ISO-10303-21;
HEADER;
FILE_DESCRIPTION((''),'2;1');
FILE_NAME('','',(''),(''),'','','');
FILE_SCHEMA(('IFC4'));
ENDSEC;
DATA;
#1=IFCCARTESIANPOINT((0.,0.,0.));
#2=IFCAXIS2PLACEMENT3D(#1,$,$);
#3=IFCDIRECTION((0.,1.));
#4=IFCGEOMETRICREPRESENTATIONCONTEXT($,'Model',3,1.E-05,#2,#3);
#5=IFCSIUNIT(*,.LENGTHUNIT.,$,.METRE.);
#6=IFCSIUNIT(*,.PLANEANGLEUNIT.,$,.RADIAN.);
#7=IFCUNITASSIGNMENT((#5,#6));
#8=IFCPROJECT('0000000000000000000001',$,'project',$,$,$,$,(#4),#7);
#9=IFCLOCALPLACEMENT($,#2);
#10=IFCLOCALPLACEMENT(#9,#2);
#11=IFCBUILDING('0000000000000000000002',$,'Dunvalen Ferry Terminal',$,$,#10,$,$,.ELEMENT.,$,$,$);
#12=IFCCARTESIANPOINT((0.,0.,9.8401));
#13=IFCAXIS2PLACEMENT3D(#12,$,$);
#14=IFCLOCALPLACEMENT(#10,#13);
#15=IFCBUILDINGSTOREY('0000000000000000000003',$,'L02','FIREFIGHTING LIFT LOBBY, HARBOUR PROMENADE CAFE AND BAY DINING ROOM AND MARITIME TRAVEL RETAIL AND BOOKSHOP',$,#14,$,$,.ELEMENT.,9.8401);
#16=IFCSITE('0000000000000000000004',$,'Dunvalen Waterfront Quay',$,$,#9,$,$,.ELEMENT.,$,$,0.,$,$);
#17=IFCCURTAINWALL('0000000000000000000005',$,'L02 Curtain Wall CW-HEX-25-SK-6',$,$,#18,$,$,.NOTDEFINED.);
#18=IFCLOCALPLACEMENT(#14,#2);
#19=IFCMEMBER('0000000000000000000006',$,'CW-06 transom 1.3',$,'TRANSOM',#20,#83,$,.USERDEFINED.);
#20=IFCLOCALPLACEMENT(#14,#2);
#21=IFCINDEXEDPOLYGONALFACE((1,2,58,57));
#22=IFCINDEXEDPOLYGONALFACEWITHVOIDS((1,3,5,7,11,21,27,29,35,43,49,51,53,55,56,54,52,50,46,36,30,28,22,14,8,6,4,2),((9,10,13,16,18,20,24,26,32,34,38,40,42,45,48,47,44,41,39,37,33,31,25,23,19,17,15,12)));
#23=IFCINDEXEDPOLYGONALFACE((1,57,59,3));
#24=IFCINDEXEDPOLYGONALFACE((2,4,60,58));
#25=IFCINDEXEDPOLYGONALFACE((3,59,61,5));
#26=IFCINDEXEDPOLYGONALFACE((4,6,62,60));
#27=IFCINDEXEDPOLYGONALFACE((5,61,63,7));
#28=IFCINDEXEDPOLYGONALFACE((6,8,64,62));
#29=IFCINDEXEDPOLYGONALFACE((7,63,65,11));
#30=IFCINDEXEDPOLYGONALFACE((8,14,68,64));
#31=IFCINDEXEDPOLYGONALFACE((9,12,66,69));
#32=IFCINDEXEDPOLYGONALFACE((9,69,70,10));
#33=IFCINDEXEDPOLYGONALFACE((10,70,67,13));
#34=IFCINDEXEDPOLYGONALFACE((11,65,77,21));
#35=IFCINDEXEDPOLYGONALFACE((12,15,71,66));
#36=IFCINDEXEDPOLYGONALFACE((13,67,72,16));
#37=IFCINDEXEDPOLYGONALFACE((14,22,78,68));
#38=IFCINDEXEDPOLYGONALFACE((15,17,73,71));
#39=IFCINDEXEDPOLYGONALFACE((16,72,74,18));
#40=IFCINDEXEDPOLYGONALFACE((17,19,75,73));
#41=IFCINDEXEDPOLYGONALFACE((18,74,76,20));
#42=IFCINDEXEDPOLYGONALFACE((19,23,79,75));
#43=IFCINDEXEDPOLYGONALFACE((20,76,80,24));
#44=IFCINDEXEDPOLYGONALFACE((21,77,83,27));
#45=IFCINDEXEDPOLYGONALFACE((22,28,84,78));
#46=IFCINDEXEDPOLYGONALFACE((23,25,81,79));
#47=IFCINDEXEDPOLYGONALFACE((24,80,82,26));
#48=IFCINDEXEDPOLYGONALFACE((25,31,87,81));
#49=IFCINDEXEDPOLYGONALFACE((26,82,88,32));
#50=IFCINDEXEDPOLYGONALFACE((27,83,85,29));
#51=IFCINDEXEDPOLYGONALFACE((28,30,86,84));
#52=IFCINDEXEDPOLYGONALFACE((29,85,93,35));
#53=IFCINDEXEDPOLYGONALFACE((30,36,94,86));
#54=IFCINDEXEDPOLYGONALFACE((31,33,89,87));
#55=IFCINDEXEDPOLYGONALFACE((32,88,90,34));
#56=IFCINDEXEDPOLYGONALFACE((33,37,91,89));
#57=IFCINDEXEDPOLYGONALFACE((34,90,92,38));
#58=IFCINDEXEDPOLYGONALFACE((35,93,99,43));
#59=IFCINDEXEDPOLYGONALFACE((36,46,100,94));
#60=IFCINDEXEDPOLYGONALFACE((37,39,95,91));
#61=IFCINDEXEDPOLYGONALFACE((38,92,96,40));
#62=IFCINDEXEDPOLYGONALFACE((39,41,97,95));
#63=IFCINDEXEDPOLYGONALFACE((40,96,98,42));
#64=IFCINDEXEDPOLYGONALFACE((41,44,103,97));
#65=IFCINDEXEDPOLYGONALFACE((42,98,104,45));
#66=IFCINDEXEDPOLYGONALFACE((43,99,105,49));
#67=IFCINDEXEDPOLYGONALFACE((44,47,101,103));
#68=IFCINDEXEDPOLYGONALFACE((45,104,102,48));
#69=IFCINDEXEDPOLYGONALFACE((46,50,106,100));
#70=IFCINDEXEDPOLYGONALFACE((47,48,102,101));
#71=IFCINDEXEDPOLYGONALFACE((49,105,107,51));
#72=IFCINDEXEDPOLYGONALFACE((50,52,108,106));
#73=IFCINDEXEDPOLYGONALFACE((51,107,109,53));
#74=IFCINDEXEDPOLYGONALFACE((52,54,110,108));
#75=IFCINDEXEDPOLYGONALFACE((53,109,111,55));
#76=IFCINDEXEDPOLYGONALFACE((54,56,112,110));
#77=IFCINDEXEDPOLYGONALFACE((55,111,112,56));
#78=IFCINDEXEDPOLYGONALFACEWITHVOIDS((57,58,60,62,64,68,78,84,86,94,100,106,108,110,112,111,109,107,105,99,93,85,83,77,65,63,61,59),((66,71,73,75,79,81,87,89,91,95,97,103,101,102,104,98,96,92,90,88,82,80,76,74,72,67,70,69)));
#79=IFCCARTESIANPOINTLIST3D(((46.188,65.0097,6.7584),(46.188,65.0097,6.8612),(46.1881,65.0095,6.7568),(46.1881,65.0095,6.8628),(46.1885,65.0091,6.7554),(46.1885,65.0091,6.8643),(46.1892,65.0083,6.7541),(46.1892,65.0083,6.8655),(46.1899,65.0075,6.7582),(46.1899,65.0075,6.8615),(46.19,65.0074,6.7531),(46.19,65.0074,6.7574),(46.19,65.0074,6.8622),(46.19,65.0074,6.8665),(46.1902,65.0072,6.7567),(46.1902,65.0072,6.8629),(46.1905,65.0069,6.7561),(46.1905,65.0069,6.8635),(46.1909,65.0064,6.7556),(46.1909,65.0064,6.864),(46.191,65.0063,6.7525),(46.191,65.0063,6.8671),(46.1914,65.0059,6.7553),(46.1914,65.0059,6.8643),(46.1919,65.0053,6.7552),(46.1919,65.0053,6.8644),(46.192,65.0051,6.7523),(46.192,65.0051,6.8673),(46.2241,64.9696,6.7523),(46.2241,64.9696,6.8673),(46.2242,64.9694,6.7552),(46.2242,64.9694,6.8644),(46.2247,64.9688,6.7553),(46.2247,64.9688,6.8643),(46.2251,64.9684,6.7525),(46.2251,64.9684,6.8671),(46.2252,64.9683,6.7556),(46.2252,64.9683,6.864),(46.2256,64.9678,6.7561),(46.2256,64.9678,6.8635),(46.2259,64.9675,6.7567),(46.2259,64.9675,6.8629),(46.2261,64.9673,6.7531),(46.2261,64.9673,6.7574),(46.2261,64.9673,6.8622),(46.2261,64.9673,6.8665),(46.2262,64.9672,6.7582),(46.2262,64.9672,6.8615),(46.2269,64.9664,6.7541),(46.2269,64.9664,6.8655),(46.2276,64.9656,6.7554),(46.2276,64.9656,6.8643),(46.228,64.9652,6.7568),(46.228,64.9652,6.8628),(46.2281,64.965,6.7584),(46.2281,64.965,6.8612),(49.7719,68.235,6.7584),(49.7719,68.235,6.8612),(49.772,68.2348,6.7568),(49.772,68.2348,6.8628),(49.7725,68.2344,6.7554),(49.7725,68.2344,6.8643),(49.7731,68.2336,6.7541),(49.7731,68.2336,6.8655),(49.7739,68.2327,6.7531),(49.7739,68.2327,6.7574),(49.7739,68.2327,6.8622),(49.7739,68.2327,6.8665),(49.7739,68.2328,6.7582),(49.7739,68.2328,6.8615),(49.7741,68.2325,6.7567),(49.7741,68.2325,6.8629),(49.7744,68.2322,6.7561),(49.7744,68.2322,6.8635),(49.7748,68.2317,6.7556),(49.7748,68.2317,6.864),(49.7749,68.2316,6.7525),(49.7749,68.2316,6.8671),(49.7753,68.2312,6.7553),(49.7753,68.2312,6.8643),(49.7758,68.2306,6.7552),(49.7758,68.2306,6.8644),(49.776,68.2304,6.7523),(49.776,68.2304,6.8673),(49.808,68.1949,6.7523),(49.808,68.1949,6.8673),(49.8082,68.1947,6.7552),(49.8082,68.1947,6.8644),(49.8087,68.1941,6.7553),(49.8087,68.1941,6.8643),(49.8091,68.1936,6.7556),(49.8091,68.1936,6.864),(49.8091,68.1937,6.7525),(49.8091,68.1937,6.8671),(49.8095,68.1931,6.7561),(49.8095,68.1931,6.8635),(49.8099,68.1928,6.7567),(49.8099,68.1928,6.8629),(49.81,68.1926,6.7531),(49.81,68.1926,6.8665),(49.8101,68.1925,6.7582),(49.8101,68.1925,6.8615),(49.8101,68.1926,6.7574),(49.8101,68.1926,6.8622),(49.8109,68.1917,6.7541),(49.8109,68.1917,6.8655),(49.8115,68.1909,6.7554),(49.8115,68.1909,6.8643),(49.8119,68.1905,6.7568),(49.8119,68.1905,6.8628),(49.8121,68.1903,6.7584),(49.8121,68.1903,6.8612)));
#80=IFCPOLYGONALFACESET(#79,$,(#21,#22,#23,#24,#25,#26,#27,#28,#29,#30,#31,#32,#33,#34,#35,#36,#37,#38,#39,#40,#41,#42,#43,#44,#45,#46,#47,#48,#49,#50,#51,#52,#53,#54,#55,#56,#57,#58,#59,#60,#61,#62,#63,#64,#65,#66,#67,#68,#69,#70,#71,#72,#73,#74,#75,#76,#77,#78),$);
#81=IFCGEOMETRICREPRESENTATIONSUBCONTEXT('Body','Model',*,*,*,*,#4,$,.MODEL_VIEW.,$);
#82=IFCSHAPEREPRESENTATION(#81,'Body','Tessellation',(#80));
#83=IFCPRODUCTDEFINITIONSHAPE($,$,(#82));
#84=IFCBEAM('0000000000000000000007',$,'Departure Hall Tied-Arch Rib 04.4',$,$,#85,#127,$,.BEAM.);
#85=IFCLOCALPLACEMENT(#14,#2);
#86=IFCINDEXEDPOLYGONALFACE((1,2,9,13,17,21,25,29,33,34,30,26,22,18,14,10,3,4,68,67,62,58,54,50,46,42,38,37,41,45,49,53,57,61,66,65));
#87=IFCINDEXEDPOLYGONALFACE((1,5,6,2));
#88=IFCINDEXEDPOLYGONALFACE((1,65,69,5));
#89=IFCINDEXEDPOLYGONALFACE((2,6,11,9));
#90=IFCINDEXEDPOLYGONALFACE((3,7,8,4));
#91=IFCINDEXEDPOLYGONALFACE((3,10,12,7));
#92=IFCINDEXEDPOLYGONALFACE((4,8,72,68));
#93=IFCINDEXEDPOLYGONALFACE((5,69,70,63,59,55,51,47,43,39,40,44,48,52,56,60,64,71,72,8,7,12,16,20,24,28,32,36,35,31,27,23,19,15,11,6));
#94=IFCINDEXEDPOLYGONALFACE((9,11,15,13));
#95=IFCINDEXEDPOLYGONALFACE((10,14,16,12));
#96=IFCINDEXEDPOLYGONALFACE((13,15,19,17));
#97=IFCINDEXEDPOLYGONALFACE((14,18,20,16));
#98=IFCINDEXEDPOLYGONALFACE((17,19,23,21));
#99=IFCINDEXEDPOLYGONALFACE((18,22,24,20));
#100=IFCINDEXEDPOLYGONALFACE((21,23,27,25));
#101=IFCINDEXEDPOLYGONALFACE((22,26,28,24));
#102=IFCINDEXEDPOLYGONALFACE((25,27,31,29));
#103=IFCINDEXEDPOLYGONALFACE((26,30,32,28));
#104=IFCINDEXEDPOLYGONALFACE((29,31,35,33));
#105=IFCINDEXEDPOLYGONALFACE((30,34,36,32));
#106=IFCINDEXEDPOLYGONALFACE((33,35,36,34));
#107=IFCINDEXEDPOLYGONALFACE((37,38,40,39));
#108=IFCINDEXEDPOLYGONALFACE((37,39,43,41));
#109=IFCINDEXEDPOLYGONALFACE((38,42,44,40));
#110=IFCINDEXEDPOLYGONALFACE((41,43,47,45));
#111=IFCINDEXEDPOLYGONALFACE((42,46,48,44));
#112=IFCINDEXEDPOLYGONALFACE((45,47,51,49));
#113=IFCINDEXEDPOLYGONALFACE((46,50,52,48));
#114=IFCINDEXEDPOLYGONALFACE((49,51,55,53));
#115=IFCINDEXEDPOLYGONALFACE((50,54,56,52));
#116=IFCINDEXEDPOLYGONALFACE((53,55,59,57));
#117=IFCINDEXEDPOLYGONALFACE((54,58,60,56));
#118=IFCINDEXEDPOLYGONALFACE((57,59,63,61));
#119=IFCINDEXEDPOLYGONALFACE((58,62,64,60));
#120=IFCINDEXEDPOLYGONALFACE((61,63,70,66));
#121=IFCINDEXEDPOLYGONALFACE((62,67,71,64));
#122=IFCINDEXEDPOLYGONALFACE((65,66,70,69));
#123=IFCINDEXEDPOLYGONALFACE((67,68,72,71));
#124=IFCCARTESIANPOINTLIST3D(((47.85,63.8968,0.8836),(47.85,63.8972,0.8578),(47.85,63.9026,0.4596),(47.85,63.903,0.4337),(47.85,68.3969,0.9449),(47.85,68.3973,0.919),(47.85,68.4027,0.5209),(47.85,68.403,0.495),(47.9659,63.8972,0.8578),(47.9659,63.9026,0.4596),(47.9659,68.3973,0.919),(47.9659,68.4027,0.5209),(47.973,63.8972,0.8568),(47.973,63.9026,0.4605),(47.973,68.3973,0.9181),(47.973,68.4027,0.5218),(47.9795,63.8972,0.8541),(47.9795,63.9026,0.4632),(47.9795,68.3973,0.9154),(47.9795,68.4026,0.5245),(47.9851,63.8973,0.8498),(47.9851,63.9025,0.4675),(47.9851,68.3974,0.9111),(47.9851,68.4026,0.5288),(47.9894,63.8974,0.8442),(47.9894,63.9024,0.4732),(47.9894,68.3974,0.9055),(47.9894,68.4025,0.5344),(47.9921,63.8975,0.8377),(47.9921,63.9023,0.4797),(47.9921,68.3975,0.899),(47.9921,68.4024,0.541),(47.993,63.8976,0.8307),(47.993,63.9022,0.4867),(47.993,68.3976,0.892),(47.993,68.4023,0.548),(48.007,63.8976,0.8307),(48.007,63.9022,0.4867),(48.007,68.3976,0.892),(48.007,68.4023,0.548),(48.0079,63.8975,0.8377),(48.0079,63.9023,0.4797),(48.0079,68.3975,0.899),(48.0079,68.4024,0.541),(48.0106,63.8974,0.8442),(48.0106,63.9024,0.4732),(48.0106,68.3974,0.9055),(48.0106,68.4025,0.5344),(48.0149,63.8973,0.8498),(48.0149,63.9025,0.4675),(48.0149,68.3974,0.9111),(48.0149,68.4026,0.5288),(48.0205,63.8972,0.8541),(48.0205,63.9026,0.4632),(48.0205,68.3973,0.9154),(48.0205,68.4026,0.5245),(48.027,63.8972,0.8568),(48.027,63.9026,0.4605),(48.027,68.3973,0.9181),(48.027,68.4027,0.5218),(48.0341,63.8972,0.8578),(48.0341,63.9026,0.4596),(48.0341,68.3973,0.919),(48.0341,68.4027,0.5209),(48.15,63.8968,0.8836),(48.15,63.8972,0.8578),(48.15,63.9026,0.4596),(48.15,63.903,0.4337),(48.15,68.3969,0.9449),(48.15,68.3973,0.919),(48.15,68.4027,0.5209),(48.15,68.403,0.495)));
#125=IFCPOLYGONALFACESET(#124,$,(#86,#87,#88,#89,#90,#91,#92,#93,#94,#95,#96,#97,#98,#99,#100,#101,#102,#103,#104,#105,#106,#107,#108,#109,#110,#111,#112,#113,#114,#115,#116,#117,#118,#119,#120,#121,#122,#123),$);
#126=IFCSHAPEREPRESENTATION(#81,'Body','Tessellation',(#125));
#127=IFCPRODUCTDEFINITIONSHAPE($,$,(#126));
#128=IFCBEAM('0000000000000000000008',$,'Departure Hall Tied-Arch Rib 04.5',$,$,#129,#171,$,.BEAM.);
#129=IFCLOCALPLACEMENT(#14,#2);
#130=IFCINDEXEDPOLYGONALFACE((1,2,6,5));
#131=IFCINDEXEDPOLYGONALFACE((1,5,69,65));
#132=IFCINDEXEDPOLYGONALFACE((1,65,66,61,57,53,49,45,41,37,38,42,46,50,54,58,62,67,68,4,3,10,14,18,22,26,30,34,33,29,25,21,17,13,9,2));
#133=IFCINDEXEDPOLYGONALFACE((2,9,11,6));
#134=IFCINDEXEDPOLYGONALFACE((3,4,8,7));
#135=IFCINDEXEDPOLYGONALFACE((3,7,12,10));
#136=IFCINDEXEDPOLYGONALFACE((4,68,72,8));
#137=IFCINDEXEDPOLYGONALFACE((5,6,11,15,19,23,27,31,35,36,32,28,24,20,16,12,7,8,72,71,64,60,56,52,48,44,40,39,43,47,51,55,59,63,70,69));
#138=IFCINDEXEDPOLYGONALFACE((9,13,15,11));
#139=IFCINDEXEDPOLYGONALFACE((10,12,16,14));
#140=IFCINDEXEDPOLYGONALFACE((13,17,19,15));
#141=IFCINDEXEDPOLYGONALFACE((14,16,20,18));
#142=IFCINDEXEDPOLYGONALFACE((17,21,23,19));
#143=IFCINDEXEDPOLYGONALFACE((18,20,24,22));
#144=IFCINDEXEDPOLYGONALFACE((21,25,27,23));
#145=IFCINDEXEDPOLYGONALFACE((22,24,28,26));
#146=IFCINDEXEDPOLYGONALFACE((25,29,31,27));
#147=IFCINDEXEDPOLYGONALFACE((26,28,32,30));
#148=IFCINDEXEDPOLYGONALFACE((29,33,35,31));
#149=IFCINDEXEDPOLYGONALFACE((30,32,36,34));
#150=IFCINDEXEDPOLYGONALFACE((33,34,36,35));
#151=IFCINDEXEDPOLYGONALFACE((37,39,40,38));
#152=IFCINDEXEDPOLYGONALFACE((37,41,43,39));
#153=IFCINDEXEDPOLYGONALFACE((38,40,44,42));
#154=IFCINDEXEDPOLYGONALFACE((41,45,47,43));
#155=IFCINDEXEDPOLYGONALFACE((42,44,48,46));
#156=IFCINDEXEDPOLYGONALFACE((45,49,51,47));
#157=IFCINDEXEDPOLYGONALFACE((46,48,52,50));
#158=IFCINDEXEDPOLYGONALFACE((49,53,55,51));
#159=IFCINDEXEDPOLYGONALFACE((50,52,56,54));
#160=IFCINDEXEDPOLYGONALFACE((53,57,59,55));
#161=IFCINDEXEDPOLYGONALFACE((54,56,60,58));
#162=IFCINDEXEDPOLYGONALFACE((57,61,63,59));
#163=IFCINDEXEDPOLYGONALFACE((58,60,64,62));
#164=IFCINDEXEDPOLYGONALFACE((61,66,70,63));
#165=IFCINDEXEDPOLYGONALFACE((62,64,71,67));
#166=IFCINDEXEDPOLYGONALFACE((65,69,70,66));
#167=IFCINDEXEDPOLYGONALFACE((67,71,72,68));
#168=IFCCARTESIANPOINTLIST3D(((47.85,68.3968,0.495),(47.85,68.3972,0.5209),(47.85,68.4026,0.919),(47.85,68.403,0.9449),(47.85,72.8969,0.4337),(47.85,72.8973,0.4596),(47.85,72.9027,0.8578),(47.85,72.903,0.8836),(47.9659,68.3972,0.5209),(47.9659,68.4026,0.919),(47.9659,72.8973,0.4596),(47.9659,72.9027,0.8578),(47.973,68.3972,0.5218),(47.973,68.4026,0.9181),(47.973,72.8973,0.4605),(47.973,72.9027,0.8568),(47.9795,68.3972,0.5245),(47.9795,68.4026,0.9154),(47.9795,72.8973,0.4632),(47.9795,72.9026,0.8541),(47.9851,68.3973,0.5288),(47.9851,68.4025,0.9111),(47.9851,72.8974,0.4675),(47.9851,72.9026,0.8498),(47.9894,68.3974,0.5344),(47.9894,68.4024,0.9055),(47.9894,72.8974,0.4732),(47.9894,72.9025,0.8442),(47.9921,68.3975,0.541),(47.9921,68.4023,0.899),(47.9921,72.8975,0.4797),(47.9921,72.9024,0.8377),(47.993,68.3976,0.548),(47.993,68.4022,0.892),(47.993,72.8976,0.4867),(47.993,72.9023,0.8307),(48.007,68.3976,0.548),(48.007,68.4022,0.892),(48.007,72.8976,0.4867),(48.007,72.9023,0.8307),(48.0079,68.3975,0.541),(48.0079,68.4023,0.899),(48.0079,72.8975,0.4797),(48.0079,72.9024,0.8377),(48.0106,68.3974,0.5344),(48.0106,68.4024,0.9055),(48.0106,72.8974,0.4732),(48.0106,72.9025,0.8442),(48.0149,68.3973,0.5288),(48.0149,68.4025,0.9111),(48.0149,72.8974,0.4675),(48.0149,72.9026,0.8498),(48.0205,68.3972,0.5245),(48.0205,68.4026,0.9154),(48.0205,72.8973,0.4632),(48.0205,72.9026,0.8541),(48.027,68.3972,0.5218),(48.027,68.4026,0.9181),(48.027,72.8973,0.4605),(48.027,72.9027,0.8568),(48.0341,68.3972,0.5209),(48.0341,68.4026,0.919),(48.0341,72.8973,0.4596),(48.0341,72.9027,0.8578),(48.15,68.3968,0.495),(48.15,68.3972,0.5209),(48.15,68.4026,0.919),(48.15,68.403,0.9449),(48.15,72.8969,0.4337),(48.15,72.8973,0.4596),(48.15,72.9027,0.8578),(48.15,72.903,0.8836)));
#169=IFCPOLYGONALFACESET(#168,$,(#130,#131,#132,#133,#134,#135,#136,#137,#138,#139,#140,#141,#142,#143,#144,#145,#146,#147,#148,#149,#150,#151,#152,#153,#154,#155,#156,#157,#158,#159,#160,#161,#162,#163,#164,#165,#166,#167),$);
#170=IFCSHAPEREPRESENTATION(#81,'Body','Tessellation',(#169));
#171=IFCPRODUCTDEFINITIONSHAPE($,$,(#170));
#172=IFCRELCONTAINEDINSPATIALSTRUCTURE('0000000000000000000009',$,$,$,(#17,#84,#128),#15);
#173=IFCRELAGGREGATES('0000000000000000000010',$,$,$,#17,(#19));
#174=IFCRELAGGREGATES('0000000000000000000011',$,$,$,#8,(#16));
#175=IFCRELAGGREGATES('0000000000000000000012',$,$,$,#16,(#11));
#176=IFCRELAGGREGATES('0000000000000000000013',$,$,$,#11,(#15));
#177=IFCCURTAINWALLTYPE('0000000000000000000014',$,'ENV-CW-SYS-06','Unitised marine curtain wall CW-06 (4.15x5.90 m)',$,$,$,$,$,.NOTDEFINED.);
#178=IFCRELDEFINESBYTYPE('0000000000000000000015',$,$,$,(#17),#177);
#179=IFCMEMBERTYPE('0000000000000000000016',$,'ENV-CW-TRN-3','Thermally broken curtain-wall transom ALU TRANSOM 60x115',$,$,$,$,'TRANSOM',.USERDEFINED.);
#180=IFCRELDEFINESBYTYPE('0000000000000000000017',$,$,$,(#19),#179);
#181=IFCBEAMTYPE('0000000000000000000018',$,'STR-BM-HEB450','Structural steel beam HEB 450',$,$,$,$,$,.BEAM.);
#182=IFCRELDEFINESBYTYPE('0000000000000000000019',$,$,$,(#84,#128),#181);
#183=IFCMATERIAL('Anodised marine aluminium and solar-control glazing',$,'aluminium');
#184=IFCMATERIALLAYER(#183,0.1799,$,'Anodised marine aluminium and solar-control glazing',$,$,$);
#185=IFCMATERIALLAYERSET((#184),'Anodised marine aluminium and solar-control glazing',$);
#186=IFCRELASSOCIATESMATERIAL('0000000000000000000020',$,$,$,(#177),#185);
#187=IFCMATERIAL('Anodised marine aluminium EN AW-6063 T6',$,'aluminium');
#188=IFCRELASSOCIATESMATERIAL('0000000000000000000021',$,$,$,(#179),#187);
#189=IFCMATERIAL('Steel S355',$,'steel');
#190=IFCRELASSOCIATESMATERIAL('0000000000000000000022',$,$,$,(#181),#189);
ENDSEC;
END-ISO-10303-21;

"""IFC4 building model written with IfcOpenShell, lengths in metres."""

from ifc_helpers import new_model, si_unit, direction, frame, origin, origin_2d, place, context, subcontext, project, spatial, hollow_rectangle, i_section, extrude, material, layer, layer_set, material_profile, profile_set, type_object, element, aggregate, save


model = new_model("IFC4")

# Units and contexts
model_context = context("Model", 3, precision=1e-05, world=origin(), true_north=direction((0.0, 1.0)))
body_context = subcontext(model_context, "Body", "Model", "MODEL_VIEW")
ifc_project = project(units=[si_unit("LENGTHUNIT", "METRE"), si_unit("PLANEANGLEUNIT", "RADIAN")], contexts=[model_context])

# Site, building, storey
site_placement = place(None, origin())
site = spatial("IfcSite", under=ifc_project, at=site_placement, Name="Dunvalen Waterfront Quay", CompositionType="ELEMENT", RefElevation=0.0)
building_placement = place(site_placement, origin())
building = spatial("IfcBuilding", under=site, at=building_placement, Name="Dunvalen Ferry Terminal", CompositionType="ELEMENT")
storey_placement = place(building_placement, frame((0.0, 0.0, 9.8401)))
storey = spatial("IfcBuildingStorey", under=building, at=storey_placement, Name="L02", Description="FIREFIGHTING LIFT LOBBY, HARBOUR PROMENADE CAFE AND BAY DINING ROOM AND MARITIME TRAVEL RETAIL AND BOOKSHOP", CompositionType="ELEMENT", Elevation=9.8401)

# Shared definitions
ifc_material_1 = material(Name="Anodised marine aluminium and solar-control glazing", Category="aluminium")
ifc_material_2 = material(Name="Anodised marine aluminium EN AW-6063 T6", Category="aluminium")

# Curtain wall
ifc_layer_1 = layer(ifc_material_1, 0.1799, Name="Anodised marine aluminium and solar-control glazing")
ifc_layer_set_1 = layer_set([ifc_layer_1], Name="Anodised marine aluminium and solar-control glazing")
curtain_wall_type_1 = type_object("IfcCurtainWallType", Name="ENV-CW-SYS-06", Description="Unitised marine curtain wall CW-06 (4.15x5.90 m)", PredefinedType="NOTDEFINED", material=ifc_layer_set_1)
curtain_wall_1_placement = place(storey_placement, origin())
curtain_wall_1 = element("IfcCurtainWall", 1, at=curtain_wall_1_placement, inside=storey, type_object=curtain_wall_type_1, Name="L02 Curtain Wall CW-HEX-25-SK-6", PredefinedType="NOTDEFINED")

# Member
ifc_material_profile_1 = material_profile(ifc_material_2, hollow_rectangle(XDim=0.0601, YDim=0.115, WallThickness=0.0029, InnerFilletRadius=0.0029, OuterFilletRadius=0.0061, at=origin_2d()), Name="Anodised marine aluminium EN AW-6063 T6")
ifc_profile_set_1 = profile_set([ifc_material_profile_1], Name="Anodised marine aluminium EN AW-6063 T6")
member_type_1 = type_object("IfcMemberType", Name="ENV-CW-TRN-3", Description="Thermally broken curtain-wall transom ALU TRANSOM 60x115", ElementType="TRANSOM", PredefinedType="USERDEFINED", material=ifc_profile_set_1)
member_1_placement = place(storey_placement, frame((49.792, 68.2126, 6.8098), z_axis=(-0.743319, -0.668937, 0.0), x_axis=(0.668937, -0.743319, 0.0)))
member_1 = element("IfcMember", 2, at=member_1_placement, type_object=member_type_1, Name="CW-06 transom 1.3", ObjectType="TRANSOM", PredefinedType="USERDEFINED", context=body_context, shape_type="SweptSolid", body=[
    extrude(hollow_rectangle(XDim=0.0601, YDim=0.115, WallThickness=0.0029, InnerFilletRadius=0.0029, OuterFilletRadius=0.0061, at=origin_2d()), origin(), (0.0, 0.0, 1.0), 4.8215),
])

# Beams
ifc_material_3 = material(Name="Steel S355", Category="steel")
ifc_material_profile_2 = material_profile(ifc_material_3, i_section(OverallWidth=0.3, OverallDepth=0.45, WebThickness=0.0139, FlangeThickness=0.0259, FilletRadius=0.0271, at=origin_2d()), Name="Steel S355")
ifc_profile_set_2 = profile_set([ifc_material_profile_2], Name="Steel S355")
beam_type_1 = type_object("IfcBeamType", Name="STR-BM-HEB450", Description="Structural steel beam HEB 450", PredefinedType="BEAM", material=ifc_profile_set_2)
for number, where, z_axis, x_axis, name in (
    (3, (48.0, 63.8999, 0.6587), (0.0, 0.999907, 0.013616), (-1.0, 0.0, 0.0), "Departure Hall Tied-Arch Rib 04.4"),
    (4, (48.0, 68.3999, 0.72), (0.0, 0.999907, -0.013616), (-1.0, 0.0, 0.0), "Departure Hall Tied-Arch Rib 04.5"),
):
    element("IfcBeam", number, at=place(storey_placement, frame(where, z_axis=z_axis, x_axis=x_axis)), inside=storey, type_object=beam_type_1, Name=name, PredefinedType="BEAM", context=body_context, shape_type="SweptSolid", body=[
        extrude(i_section(OverallWidth=0.3, OverallDepth=0.45, WebThickness=0.0139, FlangeThickness=0.0259, FilletRadius=0.0271, at=origin_2d()), origin(), (0.0, 0.0, 1.0), 4.5005),
    ])

aggregate(curtain_wall_1, [member_1])

save(model, "model.ifc")
